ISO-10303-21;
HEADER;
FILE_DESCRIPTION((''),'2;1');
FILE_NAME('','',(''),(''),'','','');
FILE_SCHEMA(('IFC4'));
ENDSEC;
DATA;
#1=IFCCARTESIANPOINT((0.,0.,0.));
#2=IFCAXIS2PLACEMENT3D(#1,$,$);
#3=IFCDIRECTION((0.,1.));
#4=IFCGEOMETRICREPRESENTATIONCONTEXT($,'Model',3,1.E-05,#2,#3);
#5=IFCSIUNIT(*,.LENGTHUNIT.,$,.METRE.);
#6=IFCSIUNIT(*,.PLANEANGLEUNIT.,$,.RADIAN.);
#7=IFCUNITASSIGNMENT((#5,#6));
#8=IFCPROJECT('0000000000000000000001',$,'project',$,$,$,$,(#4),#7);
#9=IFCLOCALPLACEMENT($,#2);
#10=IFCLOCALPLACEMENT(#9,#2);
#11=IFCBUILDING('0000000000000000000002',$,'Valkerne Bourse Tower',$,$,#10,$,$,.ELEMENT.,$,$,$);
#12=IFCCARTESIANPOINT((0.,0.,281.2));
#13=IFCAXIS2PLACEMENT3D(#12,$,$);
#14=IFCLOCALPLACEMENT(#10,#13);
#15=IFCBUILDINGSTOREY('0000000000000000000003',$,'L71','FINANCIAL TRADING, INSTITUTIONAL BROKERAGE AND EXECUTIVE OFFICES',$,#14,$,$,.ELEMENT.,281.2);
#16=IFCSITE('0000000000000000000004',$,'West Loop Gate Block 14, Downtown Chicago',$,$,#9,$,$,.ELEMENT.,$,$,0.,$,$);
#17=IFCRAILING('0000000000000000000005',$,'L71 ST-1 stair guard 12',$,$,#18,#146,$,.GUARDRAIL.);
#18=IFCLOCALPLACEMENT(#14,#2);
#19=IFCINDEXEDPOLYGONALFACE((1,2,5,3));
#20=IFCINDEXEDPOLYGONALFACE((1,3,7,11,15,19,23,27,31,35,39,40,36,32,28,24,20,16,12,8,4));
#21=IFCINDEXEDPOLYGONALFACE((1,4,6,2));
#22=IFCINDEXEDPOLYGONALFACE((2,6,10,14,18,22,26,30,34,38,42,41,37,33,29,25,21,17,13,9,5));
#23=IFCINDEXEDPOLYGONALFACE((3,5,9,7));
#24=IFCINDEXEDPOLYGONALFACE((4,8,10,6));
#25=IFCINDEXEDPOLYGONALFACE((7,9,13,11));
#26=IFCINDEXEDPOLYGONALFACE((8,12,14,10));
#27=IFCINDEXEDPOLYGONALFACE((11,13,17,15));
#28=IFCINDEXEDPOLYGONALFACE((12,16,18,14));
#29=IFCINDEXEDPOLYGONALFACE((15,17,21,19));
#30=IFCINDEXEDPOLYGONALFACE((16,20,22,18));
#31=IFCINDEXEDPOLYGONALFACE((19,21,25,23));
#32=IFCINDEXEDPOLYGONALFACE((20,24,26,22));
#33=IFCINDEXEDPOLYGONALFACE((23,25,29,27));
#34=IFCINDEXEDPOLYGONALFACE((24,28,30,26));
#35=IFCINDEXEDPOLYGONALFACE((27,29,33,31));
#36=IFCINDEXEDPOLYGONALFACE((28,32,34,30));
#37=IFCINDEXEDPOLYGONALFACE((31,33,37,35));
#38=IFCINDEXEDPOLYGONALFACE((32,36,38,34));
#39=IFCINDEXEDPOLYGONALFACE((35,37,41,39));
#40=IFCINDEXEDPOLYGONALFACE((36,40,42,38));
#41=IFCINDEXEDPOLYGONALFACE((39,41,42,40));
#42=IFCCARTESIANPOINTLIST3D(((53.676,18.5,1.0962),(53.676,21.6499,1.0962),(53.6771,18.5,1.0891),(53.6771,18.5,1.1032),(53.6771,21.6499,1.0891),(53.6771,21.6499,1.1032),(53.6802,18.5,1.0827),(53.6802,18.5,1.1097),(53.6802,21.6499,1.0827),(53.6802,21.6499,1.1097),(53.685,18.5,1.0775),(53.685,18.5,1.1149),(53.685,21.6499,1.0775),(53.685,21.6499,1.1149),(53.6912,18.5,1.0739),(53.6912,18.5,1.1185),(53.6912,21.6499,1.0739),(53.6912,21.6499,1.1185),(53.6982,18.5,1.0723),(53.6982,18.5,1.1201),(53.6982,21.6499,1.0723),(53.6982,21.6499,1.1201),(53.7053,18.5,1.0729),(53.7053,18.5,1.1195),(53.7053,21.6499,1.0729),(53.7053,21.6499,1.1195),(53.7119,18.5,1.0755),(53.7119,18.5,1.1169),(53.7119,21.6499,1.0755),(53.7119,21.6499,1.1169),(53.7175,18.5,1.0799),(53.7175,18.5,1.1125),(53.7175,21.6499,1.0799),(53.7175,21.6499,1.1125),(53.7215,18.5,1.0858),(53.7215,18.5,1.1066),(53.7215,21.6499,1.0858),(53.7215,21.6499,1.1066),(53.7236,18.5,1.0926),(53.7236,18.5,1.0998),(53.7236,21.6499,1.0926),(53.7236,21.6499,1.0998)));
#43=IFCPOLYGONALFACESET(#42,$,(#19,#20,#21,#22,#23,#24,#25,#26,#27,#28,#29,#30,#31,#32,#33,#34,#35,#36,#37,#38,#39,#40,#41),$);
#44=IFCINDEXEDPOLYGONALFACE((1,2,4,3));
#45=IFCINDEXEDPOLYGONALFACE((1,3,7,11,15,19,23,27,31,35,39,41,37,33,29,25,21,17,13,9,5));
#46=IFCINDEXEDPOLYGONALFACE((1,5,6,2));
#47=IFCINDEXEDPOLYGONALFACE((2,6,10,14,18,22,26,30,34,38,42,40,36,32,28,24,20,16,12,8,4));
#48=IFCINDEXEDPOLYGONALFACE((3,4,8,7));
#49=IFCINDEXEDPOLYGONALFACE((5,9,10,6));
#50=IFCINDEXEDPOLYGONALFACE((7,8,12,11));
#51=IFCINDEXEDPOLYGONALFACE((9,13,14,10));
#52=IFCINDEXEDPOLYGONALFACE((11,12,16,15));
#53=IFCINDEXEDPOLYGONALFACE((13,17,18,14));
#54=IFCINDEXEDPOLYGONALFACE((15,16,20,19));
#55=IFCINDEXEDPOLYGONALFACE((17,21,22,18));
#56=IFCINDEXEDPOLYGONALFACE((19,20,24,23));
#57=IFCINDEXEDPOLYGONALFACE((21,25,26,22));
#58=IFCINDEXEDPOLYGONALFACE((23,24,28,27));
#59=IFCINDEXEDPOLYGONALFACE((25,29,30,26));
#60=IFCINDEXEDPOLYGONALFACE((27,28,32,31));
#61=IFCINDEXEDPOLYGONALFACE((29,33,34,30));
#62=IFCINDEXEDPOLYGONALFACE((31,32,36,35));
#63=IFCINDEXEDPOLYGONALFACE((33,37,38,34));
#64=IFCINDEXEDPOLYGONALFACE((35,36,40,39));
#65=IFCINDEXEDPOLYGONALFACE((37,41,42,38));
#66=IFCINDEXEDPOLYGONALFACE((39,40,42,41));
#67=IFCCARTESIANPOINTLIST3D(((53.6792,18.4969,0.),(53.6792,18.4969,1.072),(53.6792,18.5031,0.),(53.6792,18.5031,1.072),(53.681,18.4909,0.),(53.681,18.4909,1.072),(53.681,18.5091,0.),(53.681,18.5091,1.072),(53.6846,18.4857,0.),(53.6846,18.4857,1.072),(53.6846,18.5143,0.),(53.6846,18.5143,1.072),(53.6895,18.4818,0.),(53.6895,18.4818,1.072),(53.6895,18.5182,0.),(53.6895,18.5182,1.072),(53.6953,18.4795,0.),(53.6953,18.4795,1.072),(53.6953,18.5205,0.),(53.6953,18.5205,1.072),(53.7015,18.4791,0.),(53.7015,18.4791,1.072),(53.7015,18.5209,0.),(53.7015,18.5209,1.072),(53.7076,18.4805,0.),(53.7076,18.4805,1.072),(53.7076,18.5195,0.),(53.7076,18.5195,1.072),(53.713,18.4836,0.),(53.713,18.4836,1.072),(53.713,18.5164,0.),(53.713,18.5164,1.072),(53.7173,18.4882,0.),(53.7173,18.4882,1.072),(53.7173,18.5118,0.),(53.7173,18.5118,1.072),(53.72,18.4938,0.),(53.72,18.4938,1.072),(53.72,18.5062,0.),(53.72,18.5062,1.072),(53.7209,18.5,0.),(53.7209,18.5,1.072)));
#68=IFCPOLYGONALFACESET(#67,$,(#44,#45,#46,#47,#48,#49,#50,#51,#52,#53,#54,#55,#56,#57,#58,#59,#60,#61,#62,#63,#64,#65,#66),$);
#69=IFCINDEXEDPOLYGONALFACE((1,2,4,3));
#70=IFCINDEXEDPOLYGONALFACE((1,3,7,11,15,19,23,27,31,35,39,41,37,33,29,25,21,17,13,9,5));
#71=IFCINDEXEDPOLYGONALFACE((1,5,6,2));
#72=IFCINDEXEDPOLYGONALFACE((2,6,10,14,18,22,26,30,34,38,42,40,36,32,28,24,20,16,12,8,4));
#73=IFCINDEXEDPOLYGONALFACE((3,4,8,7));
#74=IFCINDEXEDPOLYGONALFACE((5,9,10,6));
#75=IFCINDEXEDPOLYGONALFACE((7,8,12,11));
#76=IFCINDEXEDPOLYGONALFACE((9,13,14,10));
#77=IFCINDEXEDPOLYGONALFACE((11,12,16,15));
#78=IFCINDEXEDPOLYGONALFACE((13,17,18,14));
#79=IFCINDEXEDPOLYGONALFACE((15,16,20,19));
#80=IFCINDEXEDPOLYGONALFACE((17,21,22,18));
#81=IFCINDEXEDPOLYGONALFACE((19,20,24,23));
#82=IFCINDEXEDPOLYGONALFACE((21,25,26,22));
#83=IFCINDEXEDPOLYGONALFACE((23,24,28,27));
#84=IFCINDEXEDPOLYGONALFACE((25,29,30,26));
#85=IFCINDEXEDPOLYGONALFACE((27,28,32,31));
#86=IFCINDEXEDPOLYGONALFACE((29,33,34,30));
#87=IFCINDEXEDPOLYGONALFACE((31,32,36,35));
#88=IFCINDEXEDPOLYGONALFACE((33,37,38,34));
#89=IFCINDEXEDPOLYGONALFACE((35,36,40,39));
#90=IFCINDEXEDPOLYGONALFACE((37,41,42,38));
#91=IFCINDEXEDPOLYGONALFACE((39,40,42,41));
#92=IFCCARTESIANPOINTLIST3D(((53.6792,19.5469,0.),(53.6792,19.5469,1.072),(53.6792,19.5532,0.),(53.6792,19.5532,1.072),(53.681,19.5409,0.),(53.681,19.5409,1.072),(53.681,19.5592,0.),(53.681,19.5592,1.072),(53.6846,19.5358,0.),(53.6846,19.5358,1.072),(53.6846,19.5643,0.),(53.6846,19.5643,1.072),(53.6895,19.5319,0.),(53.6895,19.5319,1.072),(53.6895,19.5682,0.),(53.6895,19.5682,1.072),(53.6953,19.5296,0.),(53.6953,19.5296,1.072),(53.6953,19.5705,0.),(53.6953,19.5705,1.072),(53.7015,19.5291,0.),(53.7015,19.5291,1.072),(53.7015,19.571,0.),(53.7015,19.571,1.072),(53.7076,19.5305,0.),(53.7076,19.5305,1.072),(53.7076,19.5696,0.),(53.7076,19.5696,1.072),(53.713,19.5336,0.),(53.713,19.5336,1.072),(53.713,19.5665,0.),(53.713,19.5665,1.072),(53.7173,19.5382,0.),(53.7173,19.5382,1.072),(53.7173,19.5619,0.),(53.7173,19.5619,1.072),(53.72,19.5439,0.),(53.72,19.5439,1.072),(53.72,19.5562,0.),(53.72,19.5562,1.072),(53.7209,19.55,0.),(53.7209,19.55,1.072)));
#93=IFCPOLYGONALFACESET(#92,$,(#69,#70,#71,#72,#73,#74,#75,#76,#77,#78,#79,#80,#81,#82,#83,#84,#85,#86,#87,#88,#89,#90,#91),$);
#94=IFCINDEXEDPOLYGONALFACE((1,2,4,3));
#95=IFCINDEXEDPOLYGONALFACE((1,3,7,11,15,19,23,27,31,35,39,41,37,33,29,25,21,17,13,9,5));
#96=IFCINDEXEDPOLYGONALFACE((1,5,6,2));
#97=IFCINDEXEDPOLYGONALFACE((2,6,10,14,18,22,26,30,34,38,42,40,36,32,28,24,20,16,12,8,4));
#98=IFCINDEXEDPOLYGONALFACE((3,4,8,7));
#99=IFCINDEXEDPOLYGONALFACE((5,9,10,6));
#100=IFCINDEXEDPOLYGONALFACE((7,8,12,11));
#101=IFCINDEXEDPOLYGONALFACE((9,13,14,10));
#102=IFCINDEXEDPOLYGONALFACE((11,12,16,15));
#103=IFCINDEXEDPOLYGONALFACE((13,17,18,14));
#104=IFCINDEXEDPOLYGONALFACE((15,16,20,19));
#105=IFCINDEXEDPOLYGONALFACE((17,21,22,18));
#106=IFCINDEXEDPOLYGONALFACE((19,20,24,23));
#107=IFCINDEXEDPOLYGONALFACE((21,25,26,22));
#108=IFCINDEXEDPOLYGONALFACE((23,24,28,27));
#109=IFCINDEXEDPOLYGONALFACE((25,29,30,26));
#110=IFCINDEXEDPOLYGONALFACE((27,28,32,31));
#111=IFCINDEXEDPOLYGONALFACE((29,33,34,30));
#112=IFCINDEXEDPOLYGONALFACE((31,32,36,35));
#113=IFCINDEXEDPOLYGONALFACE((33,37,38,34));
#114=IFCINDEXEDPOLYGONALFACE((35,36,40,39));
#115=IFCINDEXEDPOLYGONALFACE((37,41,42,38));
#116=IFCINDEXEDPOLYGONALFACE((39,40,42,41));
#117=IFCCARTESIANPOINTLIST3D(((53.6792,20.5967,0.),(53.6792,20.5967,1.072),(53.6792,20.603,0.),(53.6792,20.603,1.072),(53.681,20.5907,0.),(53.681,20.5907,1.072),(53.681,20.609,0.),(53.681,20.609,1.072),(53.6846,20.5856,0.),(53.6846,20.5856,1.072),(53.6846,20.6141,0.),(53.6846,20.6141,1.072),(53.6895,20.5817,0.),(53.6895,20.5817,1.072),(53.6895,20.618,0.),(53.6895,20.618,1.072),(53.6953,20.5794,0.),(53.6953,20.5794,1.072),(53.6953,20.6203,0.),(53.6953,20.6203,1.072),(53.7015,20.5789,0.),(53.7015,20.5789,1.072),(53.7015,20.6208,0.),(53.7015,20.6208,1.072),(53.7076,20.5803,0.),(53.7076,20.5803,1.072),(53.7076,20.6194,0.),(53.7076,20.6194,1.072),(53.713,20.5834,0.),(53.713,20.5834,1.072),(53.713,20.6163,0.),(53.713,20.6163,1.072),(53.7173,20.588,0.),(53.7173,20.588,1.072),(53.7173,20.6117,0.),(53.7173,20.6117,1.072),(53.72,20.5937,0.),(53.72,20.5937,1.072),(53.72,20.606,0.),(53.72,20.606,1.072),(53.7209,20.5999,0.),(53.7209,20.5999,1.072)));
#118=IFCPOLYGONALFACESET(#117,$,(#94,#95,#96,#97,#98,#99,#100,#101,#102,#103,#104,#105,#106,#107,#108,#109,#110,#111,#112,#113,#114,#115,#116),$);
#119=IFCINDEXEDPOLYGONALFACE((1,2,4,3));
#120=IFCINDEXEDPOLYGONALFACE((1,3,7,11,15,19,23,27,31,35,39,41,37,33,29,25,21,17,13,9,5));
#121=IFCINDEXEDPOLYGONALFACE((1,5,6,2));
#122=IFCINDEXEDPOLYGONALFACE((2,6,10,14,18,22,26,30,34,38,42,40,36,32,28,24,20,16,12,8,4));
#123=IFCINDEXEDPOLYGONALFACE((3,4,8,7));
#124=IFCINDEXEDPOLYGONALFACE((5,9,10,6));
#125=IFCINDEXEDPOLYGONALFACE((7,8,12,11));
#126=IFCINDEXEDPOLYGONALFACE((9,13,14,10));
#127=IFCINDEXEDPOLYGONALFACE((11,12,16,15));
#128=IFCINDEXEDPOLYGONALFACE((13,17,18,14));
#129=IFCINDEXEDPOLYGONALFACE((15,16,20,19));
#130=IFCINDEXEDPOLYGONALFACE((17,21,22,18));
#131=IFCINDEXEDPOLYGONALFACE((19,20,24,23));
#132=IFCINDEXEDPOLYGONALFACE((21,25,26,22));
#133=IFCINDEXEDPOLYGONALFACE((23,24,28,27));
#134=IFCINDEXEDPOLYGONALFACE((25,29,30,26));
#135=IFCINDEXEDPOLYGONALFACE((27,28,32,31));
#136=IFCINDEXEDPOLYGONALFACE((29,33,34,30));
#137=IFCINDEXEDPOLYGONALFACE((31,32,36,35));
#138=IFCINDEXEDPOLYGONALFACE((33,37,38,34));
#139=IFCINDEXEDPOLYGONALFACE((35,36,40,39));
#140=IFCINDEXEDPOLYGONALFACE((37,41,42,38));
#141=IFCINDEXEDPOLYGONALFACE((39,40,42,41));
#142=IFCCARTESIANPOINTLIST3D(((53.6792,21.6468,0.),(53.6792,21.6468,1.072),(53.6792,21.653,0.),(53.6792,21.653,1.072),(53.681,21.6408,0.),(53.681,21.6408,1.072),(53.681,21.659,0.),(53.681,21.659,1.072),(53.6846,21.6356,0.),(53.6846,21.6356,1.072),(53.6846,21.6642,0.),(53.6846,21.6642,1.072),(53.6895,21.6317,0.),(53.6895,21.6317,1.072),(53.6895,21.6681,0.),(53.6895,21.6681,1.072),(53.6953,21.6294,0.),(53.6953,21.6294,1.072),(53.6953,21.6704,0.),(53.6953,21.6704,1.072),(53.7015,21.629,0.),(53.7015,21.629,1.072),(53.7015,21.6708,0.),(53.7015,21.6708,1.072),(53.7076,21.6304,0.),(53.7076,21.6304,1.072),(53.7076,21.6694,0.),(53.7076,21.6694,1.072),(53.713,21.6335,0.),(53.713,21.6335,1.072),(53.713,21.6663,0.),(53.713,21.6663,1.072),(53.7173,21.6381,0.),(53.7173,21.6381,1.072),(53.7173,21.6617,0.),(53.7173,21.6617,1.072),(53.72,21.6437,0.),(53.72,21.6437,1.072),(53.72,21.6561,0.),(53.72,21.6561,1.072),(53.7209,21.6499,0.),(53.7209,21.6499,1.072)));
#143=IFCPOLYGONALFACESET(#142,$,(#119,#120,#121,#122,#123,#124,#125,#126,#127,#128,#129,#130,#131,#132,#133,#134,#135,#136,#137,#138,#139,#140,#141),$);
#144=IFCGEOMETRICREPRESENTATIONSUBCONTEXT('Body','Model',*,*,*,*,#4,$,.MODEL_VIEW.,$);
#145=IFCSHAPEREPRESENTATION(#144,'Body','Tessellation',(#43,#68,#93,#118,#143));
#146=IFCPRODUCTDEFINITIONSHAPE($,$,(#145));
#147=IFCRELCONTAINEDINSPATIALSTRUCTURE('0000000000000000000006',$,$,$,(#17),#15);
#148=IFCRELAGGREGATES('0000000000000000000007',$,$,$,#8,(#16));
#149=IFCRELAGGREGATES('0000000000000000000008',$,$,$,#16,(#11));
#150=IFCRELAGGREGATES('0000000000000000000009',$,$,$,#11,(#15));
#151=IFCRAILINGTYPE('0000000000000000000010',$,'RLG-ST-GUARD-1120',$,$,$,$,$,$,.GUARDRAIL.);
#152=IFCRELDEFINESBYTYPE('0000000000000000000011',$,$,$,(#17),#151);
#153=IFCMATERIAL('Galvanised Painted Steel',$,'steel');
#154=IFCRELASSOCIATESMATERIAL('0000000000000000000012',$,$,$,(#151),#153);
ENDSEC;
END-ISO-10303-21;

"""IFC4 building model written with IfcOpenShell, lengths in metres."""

from ifc_helpers import new_model, si_unit, direction, frame, origin, origin_2d, place, context, subcontext, project, spatial, circle, extrude, material, type_object, element, save


model = new_model("IFC4")

# Units and contexts
model_context = context("Model", 3, precision=1e-05, world=origin(), true_north=direction((0.0, 1.0)))
body_context = subcontext(model_context, "Body", "Model", "MODEL_VIEW")
ifc_project = project(units=[si_unit("LENGTHUNIT", "METRE"), si_unit("PLANEANGLEUNIT", "RADIAN")], contexts=[model_context])

# Site, building, storey
site_placement = place(None, origin())
site = spatial("IfcSite", under=ifc_project, at=site_placement, Name="West Loop Gate Block 14, Downtown Chicago", CompositionType="ELEMENT", RefElevation=0.0)
building_placement = place(site_placement, origin())
building = spatial("IfcBuilding", under=site, at=building_placement, Name="Valkerne Bourse Tower", CompositionType="ELEMENT")
storey_placement = place(building_placement, frame((0.0, 0.0, 281.2)))
storey = spatial("IfcBuildingStorey", under=building, at=storey_placement, Name="L71", Description="FINANCIAL TRADING, INSTITUTIONAL BROKERAGE AND EXECUTIVE OFFICES", CompositionType="ELEMENT", Elevation=281.2)

# Railing
ifc_material_1 = material(Name="Galvanised Painted Steel", Category="steel")
railing_type = type_object("IfcRailingType", Name="RLG-ST-GUARD-1120", PredefinedType="GUARDRAIL", material=ifc_material_1)
railing_1_placement = place(storey_placement, frame((53.7, 18.5, 0.0)))
element("IfcRailing", 1, at=railing_1_placement, inside=storey, type_object=railing_type, Name="L71 ST-1 stair guard 12", PredefinedType="GUARDRAIL", context=body_context, shape_type="SweptSolid", body=[
    extrude(circle(Radius=0.0239, at=origin_2d()), frame((0.0, 0.0, 1.0962), z_axis=(0.0, 1.0, 0.0), x_axis=(-1.0, 0.0, 0.0)), (0.0, 0.0, 1.0), 3.1499),
    extrude(circle(Radius=0.021, at=origin_2d()), origin(), (0.0, 0.0, 1.0), 1.072),
    extrude(circle(Radius=0.021, at=origin_2d()), frame((0.0, 1.05, 0.0)), (0.0, 0.0, 1.0), 1.072),
    extrude(circle(Radius=0.021, at=origin_2d()), frame((0.0, 2.0999, 0.0)), (0.0, 0.0, 1.0), 1.072),
    extrude(circle(Radius=0.021, at=origin_2d()), frame((0.0, 3.1499, 0.0)), (0.0, 0.0, 1.0), 1.072),
])

save(model, "model.ifc")
